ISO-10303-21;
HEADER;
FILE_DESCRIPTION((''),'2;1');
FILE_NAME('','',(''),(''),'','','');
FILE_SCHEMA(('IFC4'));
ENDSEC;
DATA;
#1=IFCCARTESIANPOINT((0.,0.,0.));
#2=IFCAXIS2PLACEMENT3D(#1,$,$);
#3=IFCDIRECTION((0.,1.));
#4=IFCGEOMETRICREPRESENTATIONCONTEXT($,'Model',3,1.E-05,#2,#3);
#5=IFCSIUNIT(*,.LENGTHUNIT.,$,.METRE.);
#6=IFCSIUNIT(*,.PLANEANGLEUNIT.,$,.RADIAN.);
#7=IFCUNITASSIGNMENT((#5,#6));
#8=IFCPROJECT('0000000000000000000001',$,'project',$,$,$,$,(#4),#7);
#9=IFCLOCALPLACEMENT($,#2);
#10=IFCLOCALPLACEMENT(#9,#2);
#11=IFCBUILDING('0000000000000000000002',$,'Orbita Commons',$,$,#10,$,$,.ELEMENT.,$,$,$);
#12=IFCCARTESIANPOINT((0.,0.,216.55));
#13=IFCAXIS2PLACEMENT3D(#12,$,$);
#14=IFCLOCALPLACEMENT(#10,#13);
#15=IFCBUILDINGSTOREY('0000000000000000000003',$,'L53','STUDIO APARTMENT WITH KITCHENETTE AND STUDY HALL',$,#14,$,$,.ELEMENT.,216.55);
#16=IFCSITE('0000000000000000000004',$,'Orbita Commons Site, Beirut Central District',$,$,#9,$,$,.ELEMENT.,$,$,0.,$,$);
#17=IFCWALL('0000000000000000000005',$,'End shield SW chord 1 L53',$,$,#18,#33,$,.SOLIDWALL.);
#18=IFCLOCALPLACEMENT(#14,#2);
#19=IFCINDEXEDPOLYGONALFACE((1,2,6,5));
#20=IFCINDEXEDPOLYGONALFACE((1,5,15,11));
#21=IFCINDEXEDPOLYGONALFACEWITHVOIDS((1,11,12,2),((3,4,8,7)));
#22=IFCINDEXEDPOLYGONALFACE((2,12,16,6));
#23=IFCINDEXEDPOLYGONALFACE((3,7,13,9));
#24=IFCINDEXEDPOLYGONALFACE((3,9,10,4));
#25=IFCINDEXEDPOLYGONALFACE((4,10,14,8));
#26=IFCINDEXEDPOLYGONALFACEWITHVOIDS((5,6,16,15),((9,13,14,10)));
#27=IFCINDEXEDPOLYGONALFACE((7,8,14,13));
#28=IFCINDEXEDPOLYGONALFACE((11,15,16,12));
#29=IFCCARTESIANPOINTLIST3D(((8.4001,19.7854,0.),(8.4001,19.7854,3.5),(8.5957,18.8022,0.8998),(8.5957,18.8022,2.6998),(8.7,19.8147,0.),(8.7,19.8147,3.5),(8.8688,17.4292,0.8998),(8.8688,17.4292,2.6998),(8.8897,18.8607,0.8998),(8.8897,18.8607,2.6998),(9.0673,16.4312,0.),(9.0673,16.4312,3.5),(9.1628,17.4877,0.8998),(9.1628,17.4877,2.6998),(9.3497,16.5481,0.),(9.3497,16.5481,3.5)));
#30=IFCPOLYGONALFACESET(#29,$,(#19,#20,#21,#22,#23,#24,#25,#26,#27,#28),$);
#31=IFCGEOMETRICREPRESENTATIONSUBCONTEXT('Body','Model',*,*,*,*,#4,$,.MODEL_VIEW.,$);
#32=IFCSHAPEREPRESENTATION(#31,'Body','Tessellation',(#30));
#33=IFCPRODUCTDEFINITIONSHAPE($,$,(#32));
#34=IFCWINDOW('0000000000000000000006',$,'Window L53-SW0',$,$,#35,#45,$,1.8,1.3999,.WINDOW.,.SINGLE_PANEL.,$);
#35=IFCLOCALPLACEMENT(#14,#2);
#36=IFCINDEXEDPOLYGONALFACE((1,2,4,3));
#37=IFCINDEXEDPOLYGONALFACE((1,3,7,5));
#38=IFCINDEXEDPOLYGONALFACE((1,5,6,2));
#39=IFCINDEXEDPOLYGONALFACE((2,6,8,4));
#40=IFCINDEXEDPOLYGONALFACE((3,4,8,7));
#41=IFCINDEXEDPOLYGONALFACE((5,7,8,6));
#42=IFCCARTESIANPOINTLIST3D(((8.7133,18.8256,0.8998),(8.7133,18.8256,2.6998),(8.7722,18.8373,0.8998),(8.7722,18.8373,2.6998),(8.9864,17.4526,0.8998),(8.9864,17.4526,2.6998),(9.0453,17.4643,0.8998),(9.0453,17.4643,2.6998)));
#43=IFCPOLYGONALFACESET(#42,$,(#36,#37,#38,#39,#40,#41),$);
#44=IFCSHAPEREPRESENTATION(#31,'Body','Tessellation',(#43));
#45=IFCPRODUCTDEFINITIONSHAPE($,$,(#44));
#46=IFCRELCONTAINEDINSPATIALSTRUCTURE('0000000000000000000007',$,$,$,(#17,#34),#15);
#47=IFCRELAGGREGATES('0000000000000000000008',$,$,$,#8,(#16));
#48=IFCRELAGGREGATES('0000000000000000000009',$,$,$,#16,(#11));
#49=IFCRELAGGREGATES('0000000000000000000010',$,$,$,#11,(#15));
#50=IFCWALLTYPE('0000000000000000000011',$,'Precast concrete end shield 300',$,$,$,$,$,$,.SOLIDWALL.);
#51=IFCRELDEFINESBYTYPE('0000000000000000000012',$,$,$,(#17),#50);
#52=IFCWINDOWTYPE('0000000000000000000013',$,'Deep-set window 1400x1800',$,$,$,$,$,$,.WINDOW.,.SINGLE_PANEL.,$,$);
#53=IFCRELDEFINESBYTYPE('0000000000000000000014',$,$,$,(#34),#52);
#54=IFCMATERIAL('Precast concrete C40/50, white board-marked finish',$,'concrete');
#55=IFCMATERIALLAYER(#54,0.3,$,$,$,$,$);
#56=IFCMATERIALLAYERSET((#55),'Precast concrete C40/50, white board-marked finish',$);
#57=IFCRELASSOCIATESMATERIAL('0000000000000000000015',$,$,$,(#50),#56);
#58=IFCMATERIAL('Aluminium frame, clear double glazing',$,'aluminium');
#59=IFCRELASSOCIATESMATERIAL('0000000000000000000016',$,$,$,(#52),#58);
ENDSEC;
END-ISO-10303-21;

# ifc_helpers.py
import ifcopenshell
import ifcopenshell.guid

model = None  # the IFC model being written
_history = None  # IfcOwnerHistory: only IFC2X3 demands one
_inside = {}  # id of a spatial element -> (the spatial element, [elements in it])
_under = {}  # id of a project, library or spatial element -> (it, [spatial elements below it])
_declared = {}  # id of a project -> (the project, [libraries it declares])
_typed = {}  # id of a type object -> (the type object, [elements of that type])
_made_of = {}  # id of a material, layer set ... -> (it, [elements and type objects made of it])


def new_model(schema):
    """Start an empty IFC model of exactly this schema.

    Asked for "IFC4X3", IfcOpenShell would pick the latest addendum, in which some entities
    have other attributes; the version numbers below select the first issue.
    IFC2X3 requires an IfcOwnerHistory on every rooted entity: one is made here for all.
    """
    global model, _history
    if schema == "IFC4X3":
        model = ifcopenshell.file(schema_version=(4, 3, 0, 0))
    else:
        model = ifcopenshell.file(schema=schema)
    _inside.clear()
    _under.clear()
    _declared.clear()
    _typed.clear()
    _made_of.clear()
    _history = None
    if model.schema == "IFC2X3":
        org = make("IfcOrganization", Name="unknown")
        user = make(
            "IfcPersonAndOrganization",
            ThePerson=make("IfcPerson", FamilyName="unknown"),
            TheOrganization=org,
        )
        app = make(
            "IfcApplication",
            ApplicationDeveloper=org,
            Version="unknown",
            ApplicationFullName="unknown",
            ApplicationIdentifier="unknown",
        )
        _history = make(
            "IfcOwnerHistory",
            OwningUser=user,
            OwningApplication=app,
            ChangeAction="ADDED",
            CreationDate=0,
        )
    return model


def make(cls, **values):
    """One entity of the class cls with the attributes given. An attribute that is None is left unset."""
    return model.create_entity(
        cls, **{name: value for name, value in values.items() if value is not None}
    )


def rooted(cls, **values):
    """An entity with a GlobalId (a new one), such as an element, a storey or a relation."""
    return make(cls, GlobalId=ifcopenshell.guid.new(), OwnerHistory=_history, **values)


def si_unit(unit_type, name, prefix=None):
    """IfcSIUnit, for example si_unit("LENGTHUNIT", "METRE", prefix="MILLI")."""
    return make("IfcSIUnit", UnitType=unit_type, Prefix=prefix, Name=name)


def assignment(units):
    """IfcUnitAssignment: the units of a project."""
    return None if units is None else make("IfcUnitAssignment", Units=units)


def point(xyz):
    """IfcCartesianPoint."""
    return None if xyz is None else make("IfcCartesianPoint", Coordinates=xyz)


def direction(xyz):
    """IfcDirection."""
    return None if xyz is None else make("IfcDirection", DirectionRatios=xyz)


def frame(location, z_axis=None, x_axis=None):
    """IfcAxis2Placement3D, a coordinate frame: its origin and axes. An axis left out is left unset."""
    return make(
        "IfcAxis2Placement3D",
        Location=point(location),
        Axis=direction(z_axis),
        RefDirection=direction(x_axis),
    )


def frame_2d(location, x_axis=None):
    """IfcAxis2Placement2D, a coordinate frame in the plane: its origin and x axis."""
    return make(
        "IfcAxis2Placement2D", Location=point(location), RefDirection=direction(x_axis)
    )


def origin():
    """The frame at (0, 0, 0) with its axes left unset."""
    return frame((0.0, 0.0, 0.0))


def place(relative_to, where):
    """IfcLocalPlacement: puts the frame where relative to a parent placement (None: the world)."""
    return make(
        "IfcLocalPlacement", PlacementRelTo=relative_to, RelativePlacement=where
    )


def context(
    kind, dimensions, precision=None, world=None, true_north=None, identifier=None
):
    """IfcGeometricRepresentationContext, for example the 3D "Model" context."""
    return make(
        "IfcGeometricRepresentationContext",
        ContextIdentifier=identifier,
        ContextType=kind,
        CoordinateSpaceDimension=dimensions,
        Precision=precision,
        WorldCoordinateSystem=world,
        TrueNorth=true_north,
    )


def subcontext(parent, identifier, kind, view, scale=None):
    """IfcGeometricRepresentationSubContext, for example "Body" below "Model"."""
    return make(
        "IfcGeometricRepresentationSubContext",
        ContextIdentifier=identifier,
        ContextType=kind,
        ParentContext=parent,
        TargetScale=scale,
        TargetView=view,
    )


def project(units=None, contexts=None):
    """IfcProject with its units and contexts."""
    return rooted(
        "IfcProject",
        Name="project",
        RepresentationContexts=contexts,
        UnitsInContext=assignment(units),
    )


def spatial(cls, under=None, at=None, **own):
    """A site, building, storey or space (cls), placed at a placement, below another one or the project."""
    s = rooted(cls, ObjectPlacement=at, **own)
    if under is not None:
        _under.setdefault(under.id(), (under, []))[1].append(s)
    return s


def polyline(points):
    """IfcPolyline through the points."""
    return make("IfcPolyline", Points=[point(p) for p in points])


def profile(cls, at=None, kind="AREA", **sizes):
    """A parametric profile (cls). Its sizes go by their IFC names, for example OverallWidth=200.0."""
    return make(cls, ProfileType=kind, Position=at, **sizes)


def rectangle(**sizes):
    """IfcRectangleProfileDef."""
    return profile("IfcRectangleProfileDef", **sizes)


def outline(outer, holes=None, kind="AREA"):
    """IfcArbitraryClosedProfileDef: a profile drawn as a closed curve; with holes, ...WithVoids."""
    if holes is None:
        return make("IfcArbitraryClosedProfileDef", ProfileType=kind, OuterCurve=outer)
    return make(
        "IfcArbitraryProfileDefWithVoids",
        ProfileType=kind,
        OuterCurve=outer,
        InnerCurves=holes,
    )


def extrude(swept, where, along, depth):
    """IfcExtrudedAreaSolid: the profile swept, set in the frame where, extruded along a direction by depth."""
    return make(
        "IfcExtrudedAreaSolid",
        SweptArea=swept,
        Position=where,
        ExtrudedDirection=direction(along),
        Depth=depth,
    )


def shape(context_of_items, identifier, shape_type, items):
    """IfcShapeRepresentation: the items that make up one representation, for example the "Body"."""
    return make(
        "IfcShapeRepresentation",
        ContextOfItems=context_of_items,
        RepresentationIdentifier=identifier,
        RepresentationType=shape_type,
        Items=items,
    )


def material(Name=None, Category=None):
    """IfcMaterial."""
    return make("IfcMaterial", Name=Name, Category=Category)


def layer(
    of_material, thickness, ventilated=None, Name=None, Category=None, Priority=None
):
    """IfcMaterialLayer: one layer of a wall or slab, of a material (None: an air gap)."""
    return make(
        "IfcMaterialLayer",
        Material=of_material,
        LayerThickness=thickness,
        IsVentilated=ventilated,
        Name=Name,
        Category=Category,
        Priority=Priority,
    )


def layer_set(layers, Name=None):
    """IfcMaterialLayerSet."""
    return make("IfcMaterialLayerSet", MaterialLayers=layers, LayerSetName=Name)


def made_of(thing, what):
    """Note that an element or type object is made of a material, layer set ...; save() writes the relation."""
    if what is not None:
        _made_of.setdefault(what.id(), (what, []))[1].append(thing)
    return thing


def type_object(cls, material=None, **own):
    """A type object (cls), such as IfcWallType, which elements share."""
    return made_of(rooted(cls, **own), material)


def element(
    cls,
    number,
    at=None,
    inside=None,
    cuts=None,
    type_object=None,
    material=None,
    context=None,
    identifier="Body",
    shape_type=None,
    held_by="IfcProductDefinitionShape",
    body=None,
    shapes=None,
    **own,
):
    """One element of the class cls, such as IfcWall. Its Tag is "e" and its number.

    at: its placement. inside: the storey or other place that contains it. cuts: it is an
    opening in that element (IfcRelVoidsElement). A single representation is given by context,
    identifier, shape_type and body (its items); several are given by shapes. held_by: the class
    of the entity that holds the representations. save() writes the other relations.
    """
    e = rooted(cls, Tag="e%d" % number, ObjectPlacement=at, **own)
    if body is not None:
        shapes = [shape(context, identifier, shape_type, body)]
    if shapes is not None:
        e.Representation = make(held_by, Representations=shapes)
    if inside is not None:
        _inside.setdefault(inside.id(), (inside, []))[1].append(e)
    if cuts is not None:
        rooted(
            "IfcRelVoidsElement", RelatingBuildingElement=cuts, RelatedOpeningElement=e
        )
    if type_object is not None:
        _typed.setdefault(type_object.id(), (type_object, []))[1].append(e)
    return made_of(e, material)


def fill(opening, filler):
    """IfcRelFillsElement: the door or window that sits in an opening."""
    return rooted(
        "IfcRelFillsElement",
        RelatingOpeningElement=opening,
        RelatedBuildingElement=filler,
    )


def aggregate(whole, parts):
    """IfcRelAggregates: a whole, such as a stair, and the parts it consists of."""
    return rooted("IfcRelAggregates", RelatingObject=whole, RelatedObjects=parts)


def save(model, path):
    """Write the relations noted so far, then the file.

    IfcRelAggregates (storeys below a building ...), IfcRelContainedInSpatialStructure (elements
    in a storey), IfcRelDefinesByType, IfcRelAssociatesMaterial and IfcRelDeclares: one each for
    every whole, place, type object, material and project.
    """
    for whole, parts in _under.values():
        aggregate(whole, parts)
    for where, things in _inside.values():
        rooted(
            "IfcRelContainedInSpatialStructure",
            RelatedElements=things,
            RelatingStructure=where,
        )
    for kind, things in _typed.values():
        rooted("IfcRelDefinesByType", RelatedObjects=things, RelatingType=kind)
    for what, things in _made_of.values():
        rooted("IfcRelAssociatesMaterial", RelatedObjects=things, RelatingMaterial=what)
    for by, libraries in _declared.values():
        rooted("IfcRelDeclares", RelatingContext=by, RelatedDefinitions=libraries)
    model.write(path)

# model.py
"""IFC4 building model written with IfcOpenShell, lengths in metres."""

from ifc_helpers import new_model, si_unit, direction, frame, frame_2d, origin, place, context, subcontext, project, spatial, polyline, rectangle, outline, extrude, material, layer, layer_set, type_object, element, fill, save


model = new_model("IFC4")

# Units and contexts
model_context = context("Model", 3, precision=1e-05, world=origin(), true_north=direction((0.0, 1.0)))
body_context = subcontext(model_context, "Body", "Model", "MODEL_VIEW")
ifc_project = project(units=[si_unit("LENGTHUNIT", "METRE"), si_unit("PLANEANGLEUNIT", "RADIAN")], contexts=[model_context])

# Site, building, storey
site_placement = place(None, origin())
site = spatial("IfcSite", under=ifc_project, at=site_placement, Name="Orbita Commons Site, Beirut Central District", CompositionType="ELEMENT", RefElevation=0.0)
building_placement = place(site_placement, origin())
building = spatial("IfcBuilding", under=site, at=building_placement, Name="Orbita Commons", CompositionType="ELEMENT")
storey_placement = place(building_placement, frame((0.0, 0.0, 216.55)))
storey = spatial("IfcBuildingStorey", under=building, at=storey_placement, Name="L53", Description="STUDIO APARTMENT WITH KITCHENETTE AND STUDY HALL", CompositionType="ELEMENT", Elevation=216.55)

# Wall, opening, window
ifc_material_1 = material(Name="Precast concrete C40/50, white board-marked finish", Category="concrete")
ifc_layer_1 = layer(ifc_material_1, 0.3)
ifc_layer_set_1 = layer_set([ifc_layer_1], Name="Precast concrete C40/50, white board-marked finish")
wall_type_1 = type_object("IfcWallType", Name="Precast concrete end shield 300", PredefinedType="SOLIDWALL", material=ifc_layer_set_1)
wall_1_placement = place(storey_placement, frame((8.55, 19.8, 0.0), z_axis=(0.0, 0.0, 1.0), x_axis=(0.195087, -0.980786, 0.0)))
wall_1 = element("IfcWall", 1, at=wall_1_placement, inside=storey, type_object=wall_type_1, Name="End shield SW chord 1 L53", PredefinedType="SOLIDWALL", context=body_context, shape_type="SweptSolid", body=[
    extrude(outline(polyline([(-0.0149, -0.1499), (3.405, -0.1499), (3.3455, 0.1499), (0.0149, 0.1499), (-0.0149, -0.1499)])), origin(), (0.0, 0.0, 1.0), 3.5),
])
opening_1_placement = place(wall_1_placement, frame((0.9875, 0.0, 0.8999)))
opening_1 = element("IfcOpeningElement", 2, at=opening_1_placement, cuts=wall_1, PredefinedType="OPENING", context=body_context, shape_type="SweptSolid", body=[
    extrude(rectangle(XDim=1.3999, YDim=1.8, at=frame_2d((0.7, 0.8999))), frame((0.0, 0.1599, 0.0), z_axis=(0.0, -1.0, 0.0), x_axis=(1.0, 0.0, 0.0)), (0.0, 0.0, 1.0), 0.3201),
])
ifc_material_2 = material(Name="Aluminium frame, clear double glazing", Category="aluminium")
window_type = type_object("IfcWindowType", Name="Deep-set window 1400x1800", PartitioningType="SINGLE_PANEL", PredefinedType="WINDOW", material=ifc_material_2)
window_placement = place(opening_1_placement, origin())
window = element("IfcWindow", 3, at=window_placement, inside=storey, type_object=window_type, Name="Window L53-SW0", OverallHeight=1.8, OverallWidth=1.3999, PartitioningType="SINGLE_PANEL", PredefinedType="WINDOW", context=body_context, shape_type="SweptSolid", body=[
    extrude(rectangle(XDim=1.3999, YDim=1.8, at=frame_2d((0.7, 0.8999))), frame((0.0, 0.03, 0.0), z_axis=(0.0, -1.0, 0.0), x_axis=(1.0, 0.0, 0.0)), (0.0, 0.0, 1.0), 0.0601),
])
fill(opening_1, window)

save(model, "model.ifc")
